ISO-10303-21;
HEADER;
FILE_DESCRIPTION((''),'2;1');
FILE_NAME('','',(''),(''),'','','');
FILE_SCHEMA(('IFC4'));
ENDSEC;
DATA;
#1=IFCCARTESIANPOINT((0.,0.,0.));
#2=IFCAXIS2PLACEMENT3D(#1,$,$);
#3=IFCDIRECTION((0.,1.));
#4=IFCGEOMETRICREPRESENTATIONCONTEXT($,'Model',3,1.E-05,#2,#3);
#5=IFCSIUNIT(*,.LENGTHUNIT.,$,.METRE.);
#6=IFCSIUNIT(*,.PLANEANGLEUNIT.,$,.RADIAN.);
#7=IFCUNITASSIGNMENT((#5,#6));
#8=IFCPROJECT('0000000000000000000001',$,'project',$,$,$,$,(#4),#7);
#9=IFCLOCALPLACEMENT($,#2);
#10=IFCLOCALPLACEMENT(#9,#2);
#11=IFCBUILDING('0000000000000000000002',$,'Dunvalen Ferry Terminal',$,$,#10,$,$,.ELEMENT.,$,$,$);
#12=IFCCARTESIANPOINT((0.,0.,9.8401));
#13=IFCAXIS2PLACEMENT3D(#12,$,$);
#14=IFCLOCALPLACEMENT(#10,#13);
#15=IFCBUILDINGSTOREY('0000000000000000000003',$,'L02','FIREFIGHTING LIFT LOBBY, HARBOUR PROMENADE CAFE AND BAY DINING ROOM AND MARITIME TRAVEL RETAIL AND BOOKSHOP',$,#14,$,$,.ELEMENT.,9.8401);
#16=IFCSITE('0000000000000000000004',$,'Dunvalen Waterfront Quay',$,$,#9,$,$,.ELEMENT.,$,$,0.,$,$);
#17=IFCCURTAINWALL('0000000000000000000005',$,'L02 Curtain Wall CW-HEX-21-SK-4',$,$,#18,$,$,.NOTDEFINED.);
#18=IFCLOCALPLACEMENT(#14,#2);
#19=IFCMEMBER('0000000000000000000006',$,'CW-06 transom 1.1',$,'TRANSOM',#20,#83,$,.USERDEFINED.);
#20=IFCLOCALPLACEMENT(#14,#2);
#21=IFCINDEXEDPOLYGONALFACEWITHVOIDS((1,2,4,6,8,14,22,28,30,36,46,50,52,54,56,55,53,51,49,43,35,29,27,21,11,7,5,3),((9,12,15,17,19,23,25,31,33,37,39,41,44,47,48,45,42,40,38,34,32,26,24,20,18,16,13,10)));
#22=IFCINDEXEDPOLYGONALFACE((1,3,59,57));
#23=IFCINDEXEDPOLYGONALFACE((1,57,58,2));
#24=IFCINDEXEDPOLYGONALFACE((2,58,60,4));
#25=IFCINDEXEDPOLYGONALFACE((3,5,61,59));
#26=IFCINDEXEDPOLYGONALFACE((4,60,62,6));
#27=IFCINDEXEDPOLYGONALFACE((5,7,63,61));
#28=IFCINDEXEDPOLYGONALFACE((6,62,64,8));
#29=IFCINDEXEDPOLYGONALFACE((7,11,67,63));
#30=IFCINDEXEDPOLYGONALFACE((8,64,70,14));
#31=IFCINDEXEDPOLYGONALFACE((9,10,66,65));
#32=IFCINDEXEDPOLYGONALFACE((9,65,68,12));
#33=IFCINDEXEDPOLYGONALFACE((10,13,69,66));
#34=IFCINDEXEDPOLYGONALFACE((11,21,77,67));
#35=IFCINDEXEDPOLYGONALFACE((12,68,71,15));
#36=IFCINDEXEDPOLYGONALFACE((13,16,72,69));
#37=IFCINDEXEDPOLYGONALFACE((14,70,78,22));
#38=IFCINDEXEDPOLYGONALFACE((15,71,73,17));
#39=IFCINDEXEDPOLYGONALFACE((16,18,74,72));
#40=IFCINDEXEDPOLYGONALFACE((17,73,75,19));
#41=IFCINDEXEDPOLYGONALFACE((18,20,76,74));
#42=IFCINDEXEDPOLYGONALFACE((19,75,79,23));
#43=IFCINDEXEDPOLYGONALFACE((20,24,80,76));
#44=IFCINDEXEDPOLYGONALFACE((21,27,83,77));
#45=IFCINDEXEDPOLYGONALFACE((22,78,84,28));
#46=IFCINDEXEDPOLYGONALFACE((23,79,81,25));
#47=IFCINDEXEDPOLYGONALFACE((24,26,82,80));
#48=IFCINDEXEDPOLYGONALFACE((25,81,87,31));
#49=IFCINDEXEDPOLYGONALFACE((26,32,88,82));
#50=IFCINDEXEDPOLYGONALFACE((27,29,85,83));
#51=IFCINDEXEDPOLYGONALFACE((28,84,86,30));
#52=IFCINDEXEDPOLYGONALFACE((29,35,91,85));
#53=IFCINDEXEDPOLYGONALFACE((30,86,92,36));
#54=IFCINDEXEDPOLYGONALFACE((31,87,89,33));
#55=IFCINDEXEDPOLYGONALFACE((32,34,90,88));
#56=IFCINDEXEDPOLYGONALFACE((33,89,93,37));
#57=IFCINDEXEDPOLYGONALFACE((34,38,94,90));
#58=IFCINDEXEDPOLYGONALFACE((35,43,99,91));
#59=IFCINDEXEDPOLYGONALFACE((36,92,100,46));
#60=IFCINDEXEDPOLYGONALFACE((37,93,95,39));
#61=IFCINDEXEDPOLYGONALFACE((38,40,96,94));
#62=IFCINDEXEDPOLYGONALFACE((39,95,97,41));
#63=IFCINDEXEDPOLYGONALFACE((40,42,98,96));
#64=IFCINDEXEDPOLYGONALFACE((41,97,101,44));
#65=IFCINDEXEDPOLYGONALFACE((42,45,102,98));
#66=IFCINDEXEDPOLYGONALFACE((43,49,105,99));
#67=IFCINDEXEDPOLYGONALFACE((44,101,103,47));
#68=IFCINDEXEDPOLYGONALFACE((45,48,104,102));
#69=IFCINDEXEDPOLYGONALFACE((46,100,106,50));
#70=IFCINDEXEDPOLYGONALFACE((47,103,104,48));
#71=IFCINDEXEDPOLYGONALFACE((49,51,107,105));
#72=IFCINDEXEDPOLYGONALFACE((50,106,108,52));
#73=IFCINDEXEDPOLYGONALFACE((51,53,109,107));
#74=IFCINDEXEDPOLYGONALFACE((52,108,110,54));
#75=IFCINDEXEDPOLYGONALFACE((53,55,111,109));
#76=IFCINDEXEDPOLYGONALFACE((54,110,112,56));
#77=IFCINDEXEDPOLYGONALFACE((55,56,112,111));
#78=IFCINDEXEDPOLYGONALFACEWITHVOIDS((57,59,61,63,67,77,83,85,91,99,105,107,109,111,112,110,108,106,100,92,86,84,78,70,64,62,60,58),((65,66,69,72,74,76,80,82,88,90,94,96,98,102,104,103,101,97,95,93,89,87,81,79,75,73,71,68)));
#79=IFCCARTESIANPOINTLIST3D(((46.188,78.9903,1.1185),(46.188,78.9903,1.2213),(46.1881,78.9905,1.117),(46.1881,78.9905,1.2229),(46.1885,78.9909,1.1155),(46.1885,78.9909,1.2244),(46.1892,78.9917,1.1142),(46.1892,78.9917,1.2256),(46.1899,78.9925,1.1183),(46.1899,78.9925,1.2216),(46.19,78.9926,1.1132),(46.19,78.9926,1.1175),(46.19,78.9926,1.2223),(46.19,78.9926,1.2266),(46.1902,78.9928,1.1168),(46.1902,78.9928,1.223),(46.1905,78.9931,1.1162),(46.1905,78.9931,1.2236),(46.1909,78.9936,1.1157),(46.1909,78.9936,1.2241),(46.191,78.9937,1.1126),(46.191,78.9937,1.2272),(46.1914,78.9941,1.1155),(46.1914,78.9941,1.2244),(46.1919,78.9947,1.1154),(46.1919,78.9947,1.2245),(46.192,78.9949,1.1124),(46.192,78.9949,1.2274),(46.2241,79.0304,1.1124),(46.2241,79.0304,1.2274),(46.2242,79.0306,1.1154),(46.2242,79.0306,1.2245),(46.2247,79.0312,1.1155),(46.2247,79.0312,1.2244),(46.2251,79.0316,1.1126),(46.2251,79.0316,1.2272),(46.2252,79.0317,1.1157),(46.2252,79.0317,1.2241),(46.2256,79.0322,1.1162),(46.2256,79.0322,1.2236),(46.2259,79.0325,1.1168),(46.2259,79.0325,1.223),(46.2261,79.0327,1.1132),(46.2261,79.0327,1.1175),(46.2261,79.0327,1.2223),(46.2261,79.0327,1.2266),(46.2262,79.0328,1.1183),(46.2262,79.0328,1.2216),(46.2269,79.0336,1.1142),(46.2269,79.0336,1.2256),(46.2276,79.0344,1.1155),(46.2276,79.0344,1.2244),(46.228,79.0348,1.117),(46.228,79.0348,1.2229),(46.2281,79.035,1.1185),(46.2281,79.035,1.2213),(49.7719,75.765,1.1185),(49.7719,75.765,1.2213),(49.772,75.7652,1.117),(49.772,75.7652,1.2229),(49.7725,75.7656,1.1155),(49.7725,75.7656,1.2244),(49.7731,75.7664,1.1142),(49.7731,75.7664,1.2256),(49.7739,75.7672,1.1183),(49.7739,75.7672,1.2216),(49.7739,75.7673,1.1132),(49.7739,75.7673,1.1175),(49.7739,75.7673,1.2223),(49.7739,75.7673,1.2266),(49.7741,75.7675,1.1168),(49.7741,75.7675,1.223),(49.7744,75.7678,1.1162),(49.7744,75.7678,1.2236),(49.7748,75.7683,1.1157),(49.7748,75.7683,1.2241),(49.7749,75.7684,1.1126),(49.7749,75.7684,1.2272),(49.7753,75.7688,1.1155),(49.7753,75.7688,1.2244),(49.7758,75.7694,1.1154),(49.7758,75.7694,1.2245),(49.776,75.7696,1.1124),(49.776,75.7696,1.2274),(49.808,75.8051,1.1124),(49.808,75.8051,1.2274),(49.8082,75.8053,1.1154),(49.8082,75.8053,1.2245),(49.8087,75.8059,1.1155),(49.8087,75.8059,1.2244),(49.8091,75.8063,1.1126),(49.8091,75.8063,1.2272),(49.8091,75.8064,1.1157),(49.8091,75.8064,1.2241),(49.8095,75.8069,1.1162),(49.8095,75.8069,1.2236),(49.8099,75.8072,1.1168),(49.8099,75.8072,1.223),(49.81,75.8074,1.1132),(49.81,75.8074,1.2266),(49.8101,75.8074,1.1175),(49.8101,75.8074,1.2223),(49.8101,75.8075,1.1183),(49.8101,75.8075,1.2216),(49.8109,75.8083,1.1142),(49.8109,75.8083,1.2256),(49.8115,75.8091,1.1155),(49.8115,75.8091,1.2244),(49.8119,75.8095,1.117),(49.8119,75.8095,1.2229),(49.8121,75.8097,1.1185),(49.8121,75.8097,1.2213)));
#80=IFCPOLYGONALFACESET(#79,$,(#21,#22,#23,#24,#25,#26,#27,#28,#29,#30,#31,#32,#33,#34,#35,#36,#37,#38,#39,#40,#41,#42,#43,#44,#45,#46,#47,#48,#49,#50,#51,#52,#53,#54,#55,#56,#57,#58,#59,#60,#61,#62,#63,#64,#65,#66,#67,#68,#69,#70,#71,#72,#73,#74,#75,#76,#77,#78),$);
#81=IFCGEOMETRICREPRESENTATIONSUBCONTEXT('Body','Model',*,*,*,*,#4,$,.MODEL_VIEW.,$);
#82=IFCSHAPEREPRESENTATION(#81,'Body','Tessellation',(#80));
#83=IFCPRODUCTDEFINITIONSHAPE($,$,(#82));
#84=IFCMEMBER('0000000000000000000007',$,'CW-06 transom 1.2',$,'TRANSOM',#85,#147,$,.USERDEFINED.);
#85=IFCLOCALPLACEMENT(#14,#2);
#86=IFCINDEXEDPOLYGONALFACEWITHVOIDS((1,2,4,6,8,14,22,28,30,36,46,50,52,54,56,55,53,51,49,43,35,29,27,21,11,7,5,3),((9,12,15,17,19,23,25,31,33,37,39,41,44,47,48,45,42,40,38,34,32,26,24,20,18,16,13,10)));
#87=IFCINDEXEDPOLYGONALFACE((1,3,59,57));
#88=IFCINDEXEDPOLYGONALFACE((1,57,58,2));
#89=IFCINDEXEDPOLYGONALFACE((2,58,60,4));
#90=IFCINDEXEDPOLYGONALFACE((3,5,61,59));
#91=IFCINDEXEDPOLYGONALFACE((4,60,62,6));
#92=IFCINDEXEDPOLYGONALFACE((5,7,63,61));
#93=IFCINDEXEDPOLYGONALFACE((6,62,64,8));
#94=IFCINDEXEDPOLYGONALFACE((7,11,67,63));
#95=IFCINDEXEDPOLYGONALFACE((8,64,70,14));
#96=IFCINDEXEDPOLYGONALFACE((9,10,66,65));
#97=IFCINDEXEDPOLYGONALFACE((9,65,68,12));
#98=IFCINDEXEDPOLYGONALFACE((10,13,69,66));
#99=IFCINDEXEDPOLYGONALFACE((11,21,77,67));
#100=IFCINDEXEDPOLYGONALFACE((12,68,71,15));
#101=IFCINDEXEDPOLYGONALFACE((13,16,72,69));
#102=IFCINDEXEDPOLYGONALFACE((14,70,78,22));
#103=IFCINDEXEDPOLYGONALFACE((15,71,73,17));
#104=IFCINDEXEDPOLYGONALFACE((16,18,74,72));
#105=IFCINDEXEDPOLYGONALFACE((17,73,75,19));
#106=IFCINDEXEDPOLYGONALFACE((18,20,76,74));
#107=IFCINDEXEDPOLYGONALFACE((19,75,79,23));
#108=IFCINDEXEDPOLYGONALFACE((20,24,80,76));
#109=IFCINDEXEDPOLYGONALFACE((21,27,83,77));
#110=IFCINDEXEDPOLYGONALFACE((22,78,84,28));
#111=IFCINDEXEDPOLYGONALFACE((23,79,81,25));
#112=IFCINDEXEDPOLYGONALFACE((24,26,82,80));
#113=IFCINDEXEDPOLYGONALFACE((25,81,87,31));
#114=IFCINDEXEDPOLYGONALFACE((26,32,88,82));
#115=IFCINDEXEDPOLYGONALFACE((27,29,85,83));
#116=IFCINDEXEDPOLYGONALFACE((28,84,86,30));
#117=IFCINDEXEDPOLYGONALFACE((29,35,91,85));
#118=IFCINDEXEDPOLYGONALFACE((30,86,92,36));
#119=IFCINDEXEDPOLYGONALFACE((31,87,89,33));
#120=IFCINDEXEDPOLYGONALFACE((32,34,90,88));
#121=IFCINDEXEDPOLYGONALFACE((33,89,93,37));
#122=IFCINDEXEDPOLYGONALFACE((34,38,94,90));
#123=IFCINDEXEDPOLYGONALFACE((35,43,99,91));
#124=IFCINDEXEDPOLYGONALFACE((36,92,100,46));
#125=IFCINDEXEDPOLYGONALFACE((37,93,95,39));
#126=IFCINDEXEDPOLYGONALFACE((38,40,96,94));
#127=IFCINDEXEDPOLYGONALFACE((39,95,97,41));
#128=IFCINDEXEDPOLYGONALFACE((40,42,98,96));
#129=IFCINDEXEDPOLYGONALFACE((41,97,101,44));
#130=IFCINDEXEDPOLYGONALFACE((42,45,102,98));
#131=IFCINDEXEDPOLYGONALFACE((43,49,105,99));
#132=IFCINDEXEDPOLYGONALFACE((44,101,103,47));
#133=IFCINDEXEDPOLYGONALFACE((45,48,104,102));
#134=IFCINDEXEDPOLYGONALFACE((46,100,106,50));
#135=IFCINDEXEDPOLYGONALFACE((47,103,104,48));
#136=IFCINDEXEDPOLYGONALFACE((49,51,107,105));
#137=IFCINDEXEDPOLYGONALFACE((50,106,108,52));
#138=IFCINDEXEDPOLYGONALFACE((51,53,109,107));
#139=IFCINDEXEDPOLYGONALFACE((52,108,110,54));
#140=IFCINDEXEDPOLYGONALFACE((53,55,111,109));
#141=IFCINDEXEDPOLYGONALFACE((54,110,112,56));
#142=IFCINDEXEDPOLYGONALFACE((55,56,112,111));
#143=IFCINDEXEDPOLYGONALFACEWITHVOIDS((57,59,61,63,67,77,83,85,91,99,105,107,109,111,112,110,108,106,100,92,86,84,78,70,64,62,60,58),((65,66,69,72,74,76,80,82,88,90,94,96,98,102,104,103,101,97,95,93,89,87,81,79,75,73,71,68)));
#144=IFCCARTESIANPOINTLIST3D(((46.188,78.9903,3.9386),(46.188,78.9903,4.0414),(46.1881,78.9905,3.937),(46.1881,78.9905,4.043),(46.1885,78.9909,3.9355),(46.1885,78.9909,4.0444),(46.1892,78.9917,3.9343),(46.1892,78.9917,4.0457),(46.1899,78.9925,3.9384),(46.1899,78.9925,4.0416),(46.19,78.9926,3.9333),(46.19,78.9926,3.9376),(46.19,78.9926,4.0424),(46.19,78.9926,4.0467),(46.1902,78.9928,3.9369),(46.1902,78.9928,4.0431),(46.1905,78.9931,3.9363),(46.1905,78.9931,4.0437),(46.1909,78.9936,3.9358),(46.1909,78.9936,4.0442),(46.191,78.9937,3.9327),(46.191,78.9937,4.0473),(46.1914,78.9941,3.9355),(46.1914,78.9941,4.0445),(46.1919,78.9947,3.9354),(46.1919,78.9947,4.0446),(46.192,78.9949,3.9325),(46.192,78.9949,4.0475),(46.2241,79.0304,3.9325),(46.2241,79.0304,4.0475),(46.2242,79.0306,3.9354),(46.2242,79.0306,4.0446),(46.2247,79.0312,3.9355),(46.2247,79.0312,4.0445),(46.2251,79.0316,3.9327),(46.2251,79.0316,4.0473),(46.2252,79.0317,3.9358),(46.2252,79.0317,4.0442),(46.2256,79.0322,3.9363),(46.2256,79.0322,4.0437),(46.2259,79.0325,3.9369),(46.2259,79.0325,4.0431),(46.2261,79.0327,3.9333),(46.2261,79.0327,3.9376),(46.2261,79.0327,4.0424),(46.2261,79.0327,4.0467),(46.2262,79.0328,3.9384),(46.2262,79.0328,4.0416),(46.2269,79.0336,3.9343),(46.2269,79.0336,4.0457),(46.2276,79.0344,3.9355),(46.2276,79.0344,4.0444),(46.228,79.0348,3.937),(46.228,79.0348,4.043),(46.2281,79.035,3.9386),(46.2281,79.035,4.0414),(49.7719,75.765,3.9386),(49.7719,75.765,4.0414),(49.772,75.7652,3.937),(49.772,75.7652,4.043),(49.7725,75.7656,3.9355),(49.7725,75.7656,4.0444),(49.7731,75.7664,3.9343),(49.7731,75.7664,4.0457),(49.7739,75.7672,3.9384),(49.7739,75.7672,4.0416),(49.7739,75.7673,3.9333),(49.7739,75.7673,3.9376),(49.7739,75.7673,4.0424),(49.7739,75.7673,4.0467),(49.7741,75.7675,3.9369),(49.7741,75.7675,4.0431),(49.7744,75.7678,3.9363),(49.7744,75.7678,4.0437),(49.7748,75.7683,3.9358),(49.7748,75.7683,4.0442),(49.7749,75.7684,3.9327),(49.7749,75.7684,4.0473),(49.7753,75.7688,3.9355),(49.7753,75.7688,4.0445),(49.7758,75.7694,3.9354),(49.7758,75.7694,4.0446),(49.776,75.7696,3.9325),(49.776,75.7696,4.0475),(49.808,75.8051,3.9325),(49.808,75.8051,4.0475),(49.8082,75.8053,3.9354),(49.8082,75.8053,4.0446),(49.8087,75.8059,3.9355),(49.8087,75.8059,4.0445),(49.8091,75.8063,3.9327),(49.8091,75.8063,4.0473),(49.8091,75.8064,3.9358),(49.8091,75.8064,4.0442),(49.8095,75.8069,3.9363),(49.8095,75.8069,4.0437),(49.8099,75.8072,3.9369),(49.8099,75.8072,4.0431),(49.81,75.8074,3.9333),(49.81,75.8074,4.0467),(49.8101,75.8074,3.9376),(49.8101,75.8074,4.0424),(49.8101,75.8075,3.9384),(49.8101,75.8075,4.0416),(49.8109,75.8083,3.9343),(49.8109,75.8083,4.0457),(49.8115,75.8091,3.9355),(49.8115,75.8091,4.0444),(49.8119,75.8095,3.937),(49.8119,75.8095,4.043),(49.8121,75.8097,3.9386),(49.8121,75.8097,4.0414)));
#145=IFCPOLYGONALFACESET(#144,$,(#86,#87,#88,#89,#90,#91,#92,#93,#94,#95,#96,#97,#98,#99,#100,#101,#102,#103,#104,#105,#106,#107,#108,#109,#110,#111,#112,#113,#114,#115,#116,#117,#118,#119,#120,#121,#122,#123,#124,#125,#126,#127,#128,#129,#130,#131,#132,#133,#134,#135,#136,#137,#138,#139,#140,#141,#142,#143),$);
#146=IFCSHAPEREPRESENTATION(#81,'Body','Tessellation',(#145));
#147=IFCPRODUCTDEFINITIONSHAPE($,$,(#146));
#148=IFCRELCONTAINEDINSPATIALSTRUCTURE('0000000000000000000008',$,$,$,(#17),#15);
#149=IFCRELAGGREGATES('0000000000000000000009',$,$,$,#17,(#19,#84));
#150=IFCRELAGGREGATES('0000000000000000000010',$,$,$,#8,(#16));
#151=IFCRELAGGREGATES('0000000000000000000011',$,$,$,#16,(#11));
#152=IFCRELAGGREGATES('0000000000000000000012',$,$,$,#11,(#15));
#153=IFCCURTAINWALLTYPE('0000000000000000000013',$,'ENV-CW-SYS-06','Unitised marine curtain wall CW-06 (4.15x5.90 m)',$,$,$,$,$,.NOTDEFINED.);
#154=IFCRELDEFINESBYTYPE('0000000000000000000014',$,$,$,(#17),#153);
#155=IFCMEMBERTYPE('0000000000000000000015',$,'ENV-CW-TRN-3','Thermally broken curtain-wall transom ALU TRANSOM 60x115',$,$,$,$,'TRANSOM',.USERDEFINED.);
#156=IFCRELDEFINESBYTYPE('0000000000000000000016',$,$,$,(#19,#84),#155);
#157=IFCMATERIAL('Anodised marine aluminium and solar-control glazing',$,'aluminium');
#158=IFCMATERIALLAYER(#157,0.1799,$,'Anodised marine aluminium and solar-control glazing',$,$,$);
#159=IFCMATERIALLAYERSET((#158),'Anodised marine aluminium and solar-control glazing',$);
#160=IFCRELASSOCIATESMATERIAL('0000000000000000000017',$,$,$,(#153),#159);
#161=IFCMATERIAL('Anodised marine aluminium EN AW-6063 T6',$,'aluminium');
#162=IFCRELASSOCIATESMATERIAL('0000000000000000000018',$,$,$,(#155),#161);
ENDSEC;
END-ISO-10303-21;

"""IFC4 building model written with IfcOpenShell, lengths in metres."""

from ifc_helpers import new_model, si_unit, direction, frame, origin, origin_2d, place, context, subcontext, project, spatial, hollow_rectangle, extrude, material, layer, layer_set, material_profile, profile_set, type_object, element, aggregate, save


model = new_model("IFC4")

# Units and contexts
model_context = context("Model", 3, precision=1e-05, world=origin(), true_north=direction((0.0, 1.0)))
body_context = subcontext(model_context, "Body", "Model", "MODEL_VIEW")
ifc_project = project(units=[si_unit("LENGTHUNIT", "METRE"), si_unit("PLANEANGLEUNIT", "RADIAN")], contexts=[model_context])

# Site, building, storey
site_placement = place(None, origin())
site = spatial("IfcSite", under=ifc_project, at=site_placement, Name="Dunvalen Waterfront Quay", CompositionType="ELEMENT", RefElevation=0.0)
building_placement = place(site_placement, origin())
building = spatial("IfcBuilding", under=site, at=building_placement, Name="Dunvalen Ferry Terminal", CompositionType="ELEMENT")
storey_placement = place(building_placement, frame((0.0, 0.0, 9.8401)))
storey = spatial("IfcBuildingStorey", under=building, at=storey_placement, Name="L02", Description="FIREFIGHTING LIFT LOBBY, HARBOUR PROMENADE CAFE AND BAY DINING ROOM AND MARITIME TRAVEL RETAIL AND BOOKSHOP", CompositionType="ELEMENT", Elevation=9.8401)

# Curtain wall, members
ifc_material_1 = material(Name="Anodised marine aluminium and solar-control glazing", Category="aluminium")
ifc_layer_1 = layer(ifc_material_1, 0.1799, Name="Anodised marine aluminium and solar-control glazing")
ifc_layer_set_1 = layer_set([ifc_layer_1], Name="Anodised marine aluminium and solar-control glazing")
curtain_wall_type = type_object("IfcCurtainWallType", Name="ENV-CW-SYS-06", Description="Unitised marine curtain wall CW-06 (4.15x5.90 m)", PredefinedType="NOTDEFINED", material=ifc_layer_set_1)
curtain_wall_placement = place(storey_placement, origin())
curtain_wall = element("IfcCurtainWall", 1, at=curtain_wall_placement, inside=storey, type_object=curtain_wall_type, Name="L02 Curtain Wall CW-HEX-21-SK-4", PredefinedType="NOTDEFINED")
ifc_material_2 = material(Name="Anodised marine aluminium EN AW-6063 T6", Category="aluminium")
ifc_material_profile_1 = material_profile(ifc_material_2, hollow_rectangle(XDim=0.0601, YDim=0.115, WallThickness=0.0029, InnerFilletRadius=0.0029, OuterFilletRadius=0.0061, at=origin_2d()), Name="Anodised marine aluminium EN AW-6063 T6")
ifc_profile_set_1 = profile_set([ifc_material_profile_1], Name="Anodised marine aluminium EN AW-6063 T6")
member_type_1 = type_object("IfcMemberType", Name="ENV-CW-TRN-3", Description="Thermally broken curtain-wall transom ALU TRANSOM 60x115", ElementType="TRANSOM", PredefinedType="USERDEFINED", material=ifc_profile_set_1)
member_1_placement = place(storey_placement, frame((49.792, 75.7874, 1.1699), z_axis=(-0.743319, 0.668937, 0.0), x_axis=(-0.668937, -0.743319, 0.0)))
member_1 = element("IfcMember", 2, at=member_1_placement, type_object=member_type_1, Name="CW-06 transom 1.1", ObjectType="TRANSOM", PredefinedType="USERDEFINED", context=body_context, shape_type="SweptSolid", body=[
    extrude(hollow_rectangle(XDim=0.0601, YDim=0.115, WallThickness=0.0029, InnerFilletRadius=0.0029, OuterFilletRadius=0.0061, at=origin_2d()), origin(), (0.0, 0.0, 1.0), 4.8215),
])
member_2_placement = place(storey_placement, frame((49.792, 75.7874, 3.99), z_axis=(-0.743319, 0.668937, 0.0), x_axis=(-0.668937, -0.743319, 0.0)))
member_2 = element("IfcMember", 3, at=member_2_placement, type_object=member_type_1, Name="CW-06 transom 1.2", ObjectType="TRANSOM", PredefinedType="USERDEFINED", context=body_context, shape_type="SweptSolid", body=[
    extrude(hollow_rectangle(XDim=0.0601, YDim=0.115, WallThickness=0.0029, InnerFilletRadius=0.0029, OuterFilletRadius=0.0061, at=origin_2d()), origin(), (0.0, 0.0, 1.0), 4.8215),
])

aggregate(curtain_wall, [member_1, member_2])

save(model, "model.ifc")
